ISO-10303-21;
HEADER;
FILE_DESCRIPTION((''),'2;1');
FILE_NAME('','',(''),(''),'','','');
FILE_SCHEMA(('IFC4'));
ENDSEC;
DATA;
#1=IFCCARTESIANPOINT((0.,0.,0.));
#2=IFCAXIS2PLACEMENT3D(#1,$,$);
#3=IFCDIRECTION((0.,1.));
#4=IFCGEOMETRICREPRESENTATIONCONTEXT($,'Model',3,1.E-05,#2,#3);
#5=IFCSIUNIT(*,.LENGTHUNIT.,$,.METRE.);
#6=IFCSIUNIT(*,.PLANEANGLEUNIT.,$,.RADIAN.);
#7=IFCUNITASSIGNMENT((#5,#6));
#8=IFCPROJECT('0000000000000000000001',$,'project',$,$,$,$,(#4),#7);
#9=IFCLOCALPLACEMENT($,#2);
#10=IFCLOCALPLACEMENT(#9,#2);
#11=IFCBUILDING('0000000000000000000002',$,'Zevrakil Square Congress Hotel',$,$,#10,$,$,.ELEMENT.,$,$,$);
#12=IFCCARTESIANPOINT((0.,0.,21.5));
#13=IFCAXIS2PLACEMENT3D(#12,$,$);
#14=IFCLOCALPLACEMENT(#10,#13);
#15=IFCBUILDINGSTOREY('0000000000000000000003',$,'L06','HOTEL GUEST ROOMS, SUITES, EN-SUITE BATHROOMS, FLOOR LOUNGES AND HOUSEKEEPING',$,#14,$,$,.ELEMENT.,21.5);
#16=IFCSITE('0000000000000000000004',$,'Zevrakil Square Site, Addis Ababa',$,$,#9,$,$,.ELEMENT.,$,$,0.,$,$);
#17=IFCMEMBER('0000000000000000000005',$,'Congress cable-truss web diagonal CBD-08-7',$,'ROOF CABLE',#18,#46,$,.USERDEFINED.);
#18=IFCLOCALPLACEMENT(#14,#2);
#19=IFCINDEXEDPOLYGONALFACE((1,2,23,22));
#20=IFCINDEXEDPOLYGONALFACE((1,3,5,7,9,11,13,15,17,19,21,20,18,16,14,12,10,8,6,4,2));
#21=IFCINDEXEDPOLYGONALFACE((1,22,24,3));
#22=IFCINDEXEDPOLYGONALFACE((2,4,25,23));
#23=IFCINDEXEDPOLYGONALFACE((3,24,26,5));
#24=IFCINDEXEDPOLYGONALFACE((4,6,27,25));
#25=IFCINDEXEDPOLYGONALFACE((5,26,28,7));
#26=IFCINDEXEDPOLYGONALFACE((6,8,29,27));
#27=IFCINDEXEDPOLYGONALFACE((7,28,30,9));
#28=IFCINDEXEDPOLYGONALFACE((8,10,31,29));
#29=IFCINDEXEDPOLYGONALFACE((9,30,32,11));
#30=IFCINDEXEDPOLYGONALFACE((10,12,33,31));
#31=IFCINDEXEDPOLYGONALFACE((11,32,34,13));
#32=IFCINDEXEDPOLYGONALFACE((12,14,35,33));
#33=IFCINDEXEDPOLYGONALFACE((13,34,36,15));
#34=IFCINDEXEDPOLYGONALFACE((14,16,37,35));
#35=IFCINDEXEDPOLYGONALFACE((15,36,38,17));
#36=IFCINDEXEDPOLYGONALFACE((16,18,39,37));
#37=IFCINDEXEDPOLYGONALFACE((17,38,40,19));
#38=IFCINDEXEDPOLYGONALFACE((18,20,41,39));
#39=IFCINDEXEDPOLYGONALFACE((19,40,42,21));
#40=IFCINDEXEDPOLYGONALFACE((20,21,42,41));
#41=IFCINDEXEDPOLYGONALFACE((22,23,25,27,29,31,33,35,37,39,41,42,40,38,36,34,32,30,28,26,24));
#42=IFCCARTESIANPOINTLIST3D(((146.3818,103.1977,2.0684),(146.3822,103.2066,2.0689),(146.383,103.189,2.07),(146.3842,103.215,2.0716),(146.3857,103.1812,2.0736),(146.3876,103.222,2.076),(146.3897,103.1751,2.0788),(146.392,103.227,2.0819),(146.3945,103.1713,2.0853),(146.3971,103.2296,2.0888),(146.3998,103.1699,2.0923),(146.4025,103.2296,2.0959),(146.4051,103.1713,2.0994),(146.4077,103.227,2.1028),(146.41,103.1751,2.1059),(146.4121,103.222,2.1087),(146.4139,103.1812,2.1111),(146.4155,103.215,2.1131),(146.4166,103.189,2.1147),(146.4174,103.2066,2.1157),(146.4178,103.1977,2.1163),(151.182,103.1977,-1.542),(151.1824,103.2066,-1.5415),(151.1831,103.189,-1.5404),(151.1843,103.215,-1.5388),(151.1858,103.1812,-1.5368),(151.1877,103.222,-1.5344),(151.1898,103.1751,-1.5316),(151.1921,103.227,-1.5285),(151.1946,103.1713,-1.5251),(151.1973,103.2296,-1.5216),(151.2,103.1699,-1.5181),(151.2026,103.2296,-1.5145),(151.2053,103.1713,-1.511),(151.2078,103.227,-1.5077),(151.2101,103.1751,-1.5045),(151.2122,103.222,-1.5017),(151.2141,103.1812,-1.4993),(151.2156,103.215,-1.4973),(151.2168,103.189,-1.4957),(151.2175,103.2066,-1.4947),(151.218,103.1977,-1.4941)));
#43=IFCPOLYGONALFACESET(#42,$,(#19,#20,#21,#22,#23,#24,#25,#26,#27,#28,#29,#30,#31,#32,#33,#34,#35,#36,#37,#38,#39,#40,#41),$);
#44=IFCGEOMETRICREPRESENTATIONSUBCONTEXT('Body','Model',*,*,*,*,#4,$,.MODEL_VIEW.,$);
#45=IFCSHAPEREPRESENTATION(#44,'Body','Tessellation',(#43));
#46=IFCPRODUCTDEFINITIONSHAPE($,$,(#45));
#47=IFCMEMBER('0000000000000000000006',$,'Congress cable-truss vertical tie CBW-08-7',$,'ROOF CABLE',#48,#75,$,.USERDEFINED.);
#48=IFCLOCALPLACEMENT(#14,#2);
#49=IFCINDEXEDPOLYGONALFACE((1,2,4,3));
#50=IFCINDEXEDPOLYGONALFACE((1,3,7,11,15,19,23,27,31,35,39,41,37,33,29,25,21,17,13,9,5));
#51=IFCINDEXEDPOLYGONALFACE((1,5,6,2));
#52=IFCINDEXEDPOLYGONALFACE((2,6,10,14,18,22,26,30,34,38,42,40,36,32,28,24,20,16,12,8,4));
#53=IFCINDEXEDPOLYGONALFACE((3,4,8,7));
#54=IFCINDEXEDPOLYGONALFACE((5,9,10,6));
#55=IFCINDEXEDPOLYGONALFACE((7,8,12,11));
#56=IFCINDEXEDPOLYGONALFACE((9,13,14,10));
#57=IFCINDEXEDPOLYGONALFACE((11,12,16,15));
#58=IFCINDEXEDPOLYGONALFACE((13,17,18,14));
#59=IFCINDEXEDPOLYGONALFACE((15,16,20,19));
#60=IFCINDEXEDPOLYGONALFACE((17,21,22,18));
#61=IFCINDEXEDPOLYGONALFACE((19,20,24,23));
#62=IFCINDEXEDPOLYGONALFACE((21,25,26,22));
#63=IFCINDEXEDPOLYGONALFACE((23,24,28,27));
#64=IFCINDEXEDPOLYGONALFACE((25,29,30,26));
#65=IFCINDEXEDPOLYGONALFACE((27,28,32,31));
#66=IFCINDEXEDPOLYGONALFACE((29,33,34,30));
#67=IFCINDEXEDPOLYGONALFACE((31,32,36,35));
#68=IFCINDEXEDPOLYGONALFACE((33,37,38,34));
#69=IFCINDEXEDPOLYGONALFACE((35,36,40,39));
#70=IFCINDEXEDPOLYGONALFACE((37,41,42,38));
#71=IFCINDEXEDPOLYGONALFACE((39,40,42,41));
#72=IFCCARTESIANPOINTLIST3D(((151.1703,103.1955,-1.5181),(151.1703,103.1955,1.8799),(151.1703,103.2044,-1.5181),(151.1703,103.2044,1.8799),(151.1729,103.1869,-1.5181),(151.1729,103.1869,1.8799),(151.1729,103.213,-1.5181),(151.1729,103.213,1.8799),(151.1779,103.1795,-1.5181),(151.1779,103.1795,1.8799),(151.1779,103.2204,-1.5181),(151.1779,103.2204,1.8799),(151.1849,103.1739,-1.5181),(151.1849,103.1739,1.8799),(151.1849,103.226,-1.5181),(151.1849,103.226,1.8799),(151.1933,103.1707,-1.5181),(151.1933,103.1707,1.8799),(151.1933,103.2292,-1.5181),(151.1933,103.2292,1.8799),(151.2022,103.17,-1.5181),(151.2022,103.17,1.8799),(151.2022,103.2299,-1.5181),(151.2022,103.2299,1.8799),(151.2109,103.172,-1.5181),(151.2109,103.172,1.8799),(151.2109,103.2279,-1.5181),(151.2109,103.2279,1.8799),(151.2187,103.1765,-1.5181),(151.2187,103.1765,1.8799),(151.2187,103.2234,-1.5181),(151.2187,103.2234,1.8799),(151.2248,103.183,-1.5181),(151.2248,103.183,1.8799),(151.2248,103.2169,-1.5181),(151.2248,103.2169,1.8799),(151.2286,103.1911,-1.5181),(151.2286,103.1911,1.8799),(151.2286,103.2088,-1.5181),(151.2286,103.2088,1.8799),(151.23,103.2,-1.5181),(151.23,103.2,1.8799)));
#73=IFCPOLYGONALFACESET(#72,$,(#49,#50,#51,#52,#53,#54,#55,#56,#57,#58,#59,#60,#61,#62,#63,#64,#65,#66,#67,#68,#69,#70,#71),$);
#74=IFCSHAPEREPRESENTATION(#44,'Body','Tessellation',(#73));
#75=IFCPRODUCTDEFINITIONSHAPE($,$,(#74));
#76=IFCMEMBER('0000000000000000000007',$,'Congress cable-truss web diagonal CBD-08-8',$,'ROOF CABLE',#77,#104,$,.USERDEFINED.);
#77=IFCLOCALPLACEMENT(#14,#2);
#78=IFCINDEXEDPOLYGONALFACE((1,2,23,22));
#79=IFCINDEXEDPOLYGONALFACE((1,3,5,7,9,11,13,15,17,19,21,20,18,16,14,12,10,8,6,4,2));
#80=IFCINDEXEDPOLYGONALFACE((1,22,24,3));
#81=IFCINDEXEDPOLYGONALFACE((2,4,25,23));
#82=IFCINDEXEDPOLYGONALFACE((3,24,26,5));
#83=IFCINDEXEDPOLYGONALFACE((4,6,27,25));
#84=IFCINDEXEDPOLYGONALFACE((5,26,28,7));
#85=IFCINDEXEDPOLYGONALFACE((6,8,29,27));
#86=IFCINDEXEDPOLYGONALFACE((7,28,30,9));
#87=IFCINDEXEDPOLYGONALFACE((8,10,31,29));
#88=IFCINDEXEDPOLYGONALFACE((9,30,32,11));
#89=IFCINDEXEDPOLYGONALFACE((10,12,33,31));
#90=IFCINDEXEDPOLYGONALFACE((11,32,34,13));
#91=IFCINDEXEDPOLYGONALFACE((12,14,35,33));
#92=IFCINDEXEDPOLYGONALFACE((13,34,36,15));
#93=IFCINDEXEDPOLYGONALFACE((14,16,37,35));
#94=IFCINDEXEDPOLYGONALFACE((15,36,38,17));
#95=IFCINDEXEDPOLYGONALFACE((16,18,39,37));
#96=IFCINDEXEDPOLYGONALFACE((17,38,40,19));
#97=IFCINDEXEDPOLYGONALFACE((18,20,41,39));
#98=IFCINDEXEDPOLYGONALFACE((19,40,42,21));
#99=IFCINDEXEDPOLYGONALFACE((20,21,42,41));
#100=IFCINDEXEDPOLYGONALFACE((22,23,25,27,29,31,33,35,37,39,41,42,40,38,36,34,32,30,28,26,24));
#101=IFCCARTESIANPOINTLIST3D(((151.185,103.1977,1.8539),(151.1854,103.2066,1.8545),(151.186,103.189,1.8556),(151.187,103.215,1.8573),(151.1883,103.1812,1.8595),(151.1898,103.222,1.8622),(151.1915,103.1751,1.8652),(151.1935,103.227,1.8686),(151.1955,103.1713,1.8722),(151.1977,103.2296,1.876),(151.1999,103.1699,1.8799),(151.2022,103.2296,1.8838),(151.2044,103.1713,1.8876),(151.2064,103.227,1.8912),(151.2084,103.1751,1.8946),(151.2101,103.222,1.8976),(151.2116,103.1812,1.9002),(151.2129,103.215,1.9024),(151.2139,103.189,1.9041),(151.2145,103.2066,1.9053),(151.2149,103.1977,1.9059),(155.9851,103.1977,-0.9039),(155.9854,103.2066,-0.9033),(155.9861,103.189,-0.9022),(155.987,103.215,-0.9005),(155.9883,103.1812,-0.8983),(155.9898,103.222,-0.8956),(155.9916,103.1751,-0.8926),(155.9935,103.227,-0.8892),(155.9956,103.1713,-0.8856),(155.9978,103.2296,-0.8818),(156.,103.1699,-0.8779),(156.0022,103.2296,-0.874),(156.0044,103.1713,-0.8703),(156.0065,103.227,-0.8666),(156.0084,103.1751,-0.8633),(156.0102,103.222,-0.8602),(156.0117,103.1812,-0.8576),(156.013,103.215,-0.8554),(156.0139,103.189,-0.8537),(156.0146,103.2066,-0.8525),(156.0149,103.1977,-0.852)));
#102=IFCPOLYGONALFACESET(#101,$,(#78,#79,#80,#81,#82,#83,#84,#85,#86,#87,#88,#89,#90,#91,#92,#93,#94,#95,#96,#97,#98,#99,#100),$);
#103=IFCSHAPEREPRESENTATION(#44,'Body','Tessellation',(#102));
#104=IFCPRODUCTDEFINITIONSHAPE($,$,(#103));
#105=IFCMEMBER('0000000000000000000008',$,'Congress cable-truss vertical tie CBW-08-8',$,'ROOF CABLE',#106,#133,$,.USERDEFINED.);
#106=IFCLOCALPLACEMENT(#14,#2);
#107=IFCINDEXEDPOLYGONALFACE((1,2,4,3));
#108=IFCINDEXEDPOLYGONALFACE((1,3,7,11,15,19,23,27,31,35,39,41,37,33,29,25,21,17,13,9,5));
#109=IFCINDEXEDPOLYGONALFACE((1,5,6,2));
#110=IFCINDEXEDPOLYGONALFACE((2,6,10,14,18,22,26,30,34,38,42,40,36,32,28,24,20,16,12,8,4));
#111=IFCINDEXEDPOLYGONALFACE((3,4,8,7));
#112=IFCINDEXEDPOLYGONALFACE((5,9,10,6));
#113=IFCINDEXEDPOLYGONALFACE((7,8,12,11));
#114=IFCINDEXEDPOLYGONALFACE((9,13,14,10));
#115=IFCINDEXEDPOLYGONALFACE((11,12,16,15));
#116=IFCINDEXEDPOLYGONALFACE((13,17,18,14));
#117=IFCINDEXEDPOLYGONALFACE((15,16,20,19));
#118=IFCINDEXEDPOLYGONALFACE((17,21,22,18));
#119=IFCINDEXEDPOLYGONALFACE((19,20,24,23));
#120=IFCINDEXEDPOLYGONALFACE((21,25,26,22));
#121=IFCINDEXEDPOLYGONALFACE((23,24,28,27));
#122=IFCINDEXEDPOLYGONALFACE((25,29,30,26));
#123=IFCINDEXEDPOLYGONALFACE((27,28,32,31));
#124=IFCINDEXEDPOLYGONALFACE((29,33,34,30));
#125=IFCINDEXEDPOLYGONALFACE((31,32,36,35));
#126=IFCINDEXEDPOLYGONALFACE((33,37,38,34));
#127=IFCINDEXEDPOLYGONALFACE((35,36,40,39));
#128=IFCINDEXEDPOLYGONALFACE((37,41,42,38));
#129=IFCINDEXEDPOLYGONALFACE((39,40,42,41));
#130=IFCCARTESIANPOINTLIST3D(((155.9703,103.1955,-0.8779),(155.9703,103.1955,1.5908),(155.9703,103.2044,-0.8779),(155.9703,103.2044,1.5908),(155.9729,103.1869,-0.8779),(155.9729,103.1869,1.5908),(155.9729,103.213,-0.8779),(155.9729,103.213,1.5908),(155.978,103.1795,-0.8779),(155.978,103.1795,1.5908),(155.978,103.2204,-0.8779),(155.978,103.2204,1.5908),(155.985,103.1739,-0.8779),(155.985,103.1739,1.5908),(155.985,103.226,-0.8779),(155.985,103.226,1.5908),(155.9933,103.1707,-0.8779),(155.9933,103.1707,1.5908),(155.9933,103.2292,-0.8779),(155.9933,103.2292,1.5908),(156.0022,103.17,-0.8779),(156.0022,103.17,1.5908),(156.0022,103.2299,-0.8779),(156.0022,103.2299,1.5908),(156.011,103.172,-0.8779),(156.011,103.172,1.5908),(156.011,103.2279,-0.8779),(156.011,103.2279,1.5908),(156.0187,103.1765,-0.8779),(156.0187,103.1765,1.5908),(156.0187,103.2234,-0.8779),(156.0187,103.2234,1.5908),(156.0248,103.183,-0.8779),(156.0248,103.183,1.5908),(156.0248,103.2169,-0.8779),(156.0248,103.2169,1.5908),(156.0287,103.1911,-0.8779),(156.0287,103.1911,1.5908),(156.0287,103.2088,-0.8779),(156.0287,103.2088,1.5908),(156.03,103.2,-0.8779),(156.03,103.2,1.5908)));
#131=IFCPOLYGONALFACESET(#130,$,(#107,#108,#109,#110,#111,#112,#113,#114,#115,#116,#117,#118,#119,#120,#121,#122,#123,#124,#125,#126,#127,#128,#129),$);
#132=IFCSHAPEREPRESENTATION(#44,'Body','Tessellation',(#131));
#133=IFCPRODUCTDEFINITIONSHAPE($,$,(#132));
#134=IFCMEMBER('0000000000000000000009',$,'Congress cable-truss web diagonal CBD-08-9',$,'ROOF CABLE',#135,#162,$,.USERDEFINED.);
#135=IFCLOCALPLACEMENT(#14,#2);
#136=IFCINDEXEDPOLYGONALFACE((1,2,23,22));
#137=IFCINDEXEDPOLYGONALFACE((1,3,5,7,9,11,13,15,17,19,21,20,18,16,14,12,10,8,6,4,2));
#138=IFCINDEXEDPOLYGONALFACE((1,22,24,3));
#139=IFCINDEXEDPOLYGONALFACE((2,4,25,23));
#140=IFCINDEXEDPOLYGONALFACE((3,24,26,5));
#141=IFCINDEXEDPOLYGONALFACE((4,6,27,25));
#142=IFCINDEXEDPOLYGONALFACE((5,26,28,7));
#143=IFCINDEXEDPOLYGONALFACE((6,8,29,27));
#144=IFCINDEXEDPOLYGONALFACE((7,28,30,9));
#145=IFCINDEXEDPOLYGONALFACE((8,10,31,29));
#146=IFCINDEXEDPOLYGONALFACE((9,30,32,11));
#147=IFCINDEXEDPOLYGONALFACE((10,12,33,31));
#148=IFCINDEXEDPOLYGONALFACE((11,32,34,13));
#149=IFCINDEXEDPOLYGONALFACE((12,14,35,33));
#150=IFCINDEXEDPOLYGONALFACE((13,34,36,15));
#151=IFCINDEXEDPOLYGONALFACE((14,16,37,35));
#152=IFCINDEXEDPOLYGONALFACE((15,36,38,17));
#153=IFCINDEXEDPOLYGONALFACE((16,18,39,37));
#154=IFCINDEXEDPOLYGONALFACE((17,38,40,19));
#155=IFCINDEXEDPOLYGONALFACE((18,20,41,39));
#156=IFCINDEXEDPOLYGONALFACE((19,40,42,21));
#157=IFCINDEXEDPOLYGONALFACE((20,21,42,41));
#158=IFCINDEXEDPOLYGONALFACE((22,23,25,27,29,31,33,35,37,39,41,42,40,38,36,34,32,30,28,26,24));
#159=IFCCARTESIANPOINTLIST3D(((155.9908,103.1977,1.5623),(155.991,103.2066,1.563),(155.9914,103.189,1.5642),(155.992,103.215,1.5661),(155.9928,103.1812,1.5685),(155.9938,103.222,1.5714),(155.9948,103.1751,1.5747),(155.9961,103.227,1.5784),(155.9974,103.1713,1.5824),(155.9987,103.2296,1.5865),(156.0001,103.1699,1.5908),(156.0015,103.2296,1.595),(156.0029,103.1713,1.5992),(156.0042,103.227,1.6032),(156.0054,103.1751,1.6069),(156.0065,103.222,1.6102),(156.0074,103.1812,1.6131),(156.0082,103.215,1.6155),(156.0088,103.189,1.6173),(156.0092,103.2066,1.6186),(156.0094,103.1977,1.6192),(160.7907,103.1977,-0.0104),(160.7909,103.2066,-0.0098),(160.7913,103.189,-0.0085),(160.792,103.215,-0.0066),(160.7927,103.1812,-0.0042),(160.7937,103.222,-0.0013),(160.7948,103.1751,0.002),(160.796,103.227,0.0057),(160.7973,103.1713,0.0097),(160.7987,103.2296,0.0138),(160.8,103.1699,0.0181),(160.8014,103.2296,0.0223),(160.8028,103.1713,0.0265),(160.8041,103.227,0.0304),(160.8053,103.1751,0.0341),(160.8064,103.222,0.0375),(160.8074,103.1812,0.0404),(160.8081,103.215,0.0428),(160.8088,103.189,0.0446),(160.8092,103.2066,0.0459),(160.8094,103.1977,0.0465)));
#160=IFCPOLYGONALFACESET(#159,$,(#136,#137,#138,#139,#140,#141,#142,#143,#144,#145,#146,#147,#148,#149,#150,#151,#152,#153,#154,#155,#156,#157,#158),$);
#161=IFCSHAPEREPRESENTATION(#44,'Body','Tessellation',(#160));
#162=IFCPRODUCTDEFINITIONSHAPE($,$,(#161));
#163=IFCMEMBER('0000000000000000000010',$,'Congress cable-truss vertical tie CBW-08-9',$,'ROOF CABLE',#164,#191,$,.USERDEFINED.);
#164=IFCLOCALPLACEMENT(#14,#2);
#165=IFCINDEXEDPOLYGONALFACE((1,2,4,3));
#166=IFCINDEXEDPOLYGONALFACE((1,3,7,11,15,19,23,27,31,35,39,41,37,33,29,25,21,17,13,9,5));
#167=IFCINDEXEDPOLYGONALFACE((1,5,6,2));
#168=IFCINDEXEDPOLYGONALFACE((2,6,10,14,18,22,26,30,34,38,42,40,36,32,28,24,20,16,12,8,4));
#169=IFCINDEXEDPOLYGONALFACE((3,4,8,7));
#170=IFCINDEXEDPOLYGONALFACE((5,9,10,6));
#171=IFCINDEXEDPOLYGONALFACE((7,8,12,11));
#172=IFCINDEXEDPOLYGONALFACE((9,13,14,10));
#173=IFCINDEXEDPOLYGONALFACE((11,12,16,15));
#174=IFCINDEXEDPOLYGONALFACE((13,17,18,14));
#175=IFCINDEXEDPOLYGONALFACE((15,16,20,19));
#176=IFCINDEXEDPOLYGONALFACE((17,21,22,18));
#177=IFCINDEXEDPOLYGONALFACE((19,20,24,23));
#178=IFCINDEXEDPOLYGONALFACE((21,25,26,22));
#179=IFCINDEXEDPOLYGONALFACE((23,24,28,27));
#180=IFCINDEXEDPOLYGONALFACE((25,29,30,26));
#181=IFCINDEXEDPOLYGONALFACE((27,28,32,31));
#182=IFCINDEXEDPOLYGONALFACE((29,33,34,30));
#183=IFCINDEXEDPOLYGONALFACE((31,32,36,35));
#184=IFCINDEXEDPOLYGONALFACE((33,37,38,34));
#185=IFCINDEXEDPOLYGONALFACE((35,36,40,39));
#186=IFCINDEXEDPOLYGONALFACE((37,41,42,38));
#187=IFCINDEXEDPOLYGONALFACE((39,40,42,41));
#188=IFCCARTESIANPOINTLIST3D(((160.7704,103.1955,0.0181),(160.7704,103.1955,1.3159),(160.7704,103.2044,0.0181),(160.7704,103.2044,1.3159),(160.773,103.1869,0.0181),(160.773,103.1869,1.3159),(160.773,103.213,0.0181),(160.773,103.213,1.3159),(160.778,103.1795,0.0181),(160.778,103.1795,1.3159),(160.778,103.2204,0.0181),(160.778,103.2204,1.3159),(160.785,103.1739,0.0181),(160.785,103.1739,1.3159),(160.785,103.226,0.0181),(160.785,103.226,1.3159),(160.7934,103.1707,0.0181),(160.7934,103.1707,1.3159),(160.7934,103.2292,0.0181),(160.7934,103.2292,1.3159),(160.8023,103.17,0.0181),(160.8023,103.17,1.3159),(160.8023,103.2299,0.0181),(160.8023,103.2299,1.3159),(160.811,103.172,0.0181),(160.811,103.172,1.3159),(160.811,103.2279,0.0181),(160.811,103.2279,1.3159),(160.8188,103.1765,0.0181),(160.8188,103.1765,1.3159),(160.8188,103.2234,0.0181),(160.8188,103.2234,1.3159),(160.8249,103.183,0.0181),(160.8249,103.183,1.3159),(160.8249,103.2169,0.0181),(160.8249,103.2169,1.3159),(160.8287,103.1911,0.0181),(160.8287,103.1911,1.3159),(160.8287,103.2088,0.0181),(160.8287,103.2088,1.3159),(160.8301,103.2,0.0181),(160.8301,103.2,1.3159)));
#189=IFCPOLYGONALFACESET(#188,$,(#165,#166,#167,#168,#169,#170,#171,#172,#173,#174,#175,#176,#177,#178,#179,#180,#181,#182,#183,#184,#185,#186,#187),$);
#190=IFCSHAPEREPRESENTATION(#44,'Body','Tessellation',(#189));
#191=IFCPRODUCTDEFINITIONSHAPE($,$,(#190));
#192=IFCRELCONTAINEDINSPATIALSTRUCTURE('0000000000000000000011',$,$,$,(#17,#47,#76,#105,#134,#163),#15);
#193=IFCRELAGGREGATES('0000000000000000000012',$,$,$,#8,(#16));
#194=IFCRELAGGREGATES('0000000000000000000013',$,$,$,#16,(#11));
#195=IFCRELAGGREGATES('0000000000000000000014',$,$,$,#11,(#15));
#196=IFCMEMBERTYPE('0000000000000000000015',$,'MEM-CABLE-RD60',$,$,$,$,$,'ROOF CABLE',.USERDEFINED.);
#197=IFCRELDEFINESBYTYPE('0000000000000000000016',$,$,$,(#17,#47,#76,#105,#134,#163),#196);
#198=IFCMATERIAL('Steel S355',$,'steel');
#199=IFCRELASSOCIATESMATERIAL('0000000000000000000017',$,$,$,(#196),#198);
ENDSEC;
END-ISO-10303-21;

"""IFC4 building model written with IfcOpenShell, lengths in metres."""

from ifc_helpers import new_model, si_unit, direction, frame, origin, origin_2d, place, context, subcontext, project, spatial, circle, extrude, material, material_profile, profile_set, type_object, element, save


model = new_model("IFC4")

# Units and contexts
model_context = context("Model", 3, precision=1e-05, world=origin(), true_north=direction((0.0, 1.0)))
body_context = subcontext(model_context, "Body", "Model", "MODEL_VIEW")
ifc_project = project(units=[si_unit("LENGTHUNIT", "METRE"), si_unit("PLANEANGLEUNIT", "RADIAN")], contexts=[model_context])

# Site, building, storey
site_placement = place(None, origin())
site = spatial("IfcSite", under=ifc_project, at=site_placement, Name="Zevrakil Square Site, Addis Ababa", CompositionType="ELEMENT", RefElevation=0.0)
building_placement = place(site_placement, origin())
building = spatial("IfcBuilding", under=site, at=building_placement, Name="Zevrakil Square Congress Hotel", CompositionType="ELEMENT")
storey_placement = place(building_placement, frame((0.0, 0.0, 21.5)))
storey = spatial("IfcBuildingStorey", under=building, at=storey_placement, Name="L06", Description="HOTEL GUEST ROOMS, SUITES, EN-SUITE BATHROOMS, FLOOR LOUNGES AND HOUSEKEEPING", CompositionType="ELEMENT", Elevation=21.5)

# Members
ifc_material_1 = material(Name="Steel S355", Category="steel")
ifc_material_profile_1 = material_profile(ifc_material_1, circle(Radius=0.03, at=origin_2d()), Name="CABLE RD60")
ifc_profile_set_1 = profile_set([ifc_material_profile_1], Name="Steel S355")
member_type_1 = type_object("IfcMemberType", Name="MEM-CABLE-RD60", ElementType="ROOF CABLE", PredefinedType="USERDEFINED", material=ifc_profile_set_1)
member_1_placement = place(storey_placement, frame((151.2, 103.2, -1.5181), z_axis=(-0.799175, 0.0, 0.601099), x_axis=(0.0, -1.0, 0.0)))
element("IfcMember", 1, at=member_1_placement, inside=storey, type_object=member_type_1, Name="Congress cable-truss web diagonal CBD-08-7", ObjectType="ROOF CABLE", PredefinedType="USERDEFINED", context=body_context, shape_type="SweptSolid", body=[
    extrude(circle(Radius=0.03, at=origin_2d()), origin(), (0.0, 0.0, 1.0), 6.0063),
])
member_2_placement = place(storey_placement, frame((151.2, 103.2, -1.5181), z_axis=(0.0, 0.0, 1.0), x_axis=(1.0, 0.0, 0.0)))
element("IfcMember", 2, at=member_2_placement, inside=storey, type_object=member_type_1, Name="Congress cable-truss vertical tie CBW-08-7", ObjectType="ROOF CABLE", PredefinedType="USERDEFINED", context=body_context, shape_type="SweptSolid", body=[
    extrude(circle(Radius=0.03, at=origin_2d()), origin(), (0.0, 0.0, 1.0), 3.3979),
])
member_3_placement = place(storey_placement, frame((156.0, 103.2, -0.8779), z_axis=(-0.867079, 0.0, 0.49817), x_axis=(0.0, -1.0, 0.0)))
element("IfcMember", 3, at=member_3_placement, inside=storey, type_object=member_type_1, Name="Congress cable-truss web diagonal CBD-08-8", ObjectType="ROOF CABLE", PredefinedType="USERDEFINED", context=body_context, shape_type="SweptSolid", body=[
    extrude(circle(Radius=0.03, at=origin_2d()), origin(), (0.0, 0.0, 1.0), 5.5359),
])
member_4_placement = place(storey_placement, frame((156.0, 103.2, -0.8779), z_axis=(0.0, 0.0, 1.0), x_axis=(1.0, 0.0, 0.0)))
element("IfcMember", 4, at=member_4_placement, inside=storey, type_object=member_type_1, Name="Congress cable-truss vertical tie CBW-08-8", ObjectType="ROOF CABLE", PredefinedType="USERDEFINED", context=body_context, shape_type="SweptSolid", body=[
    extrude(circle(Radius=0.03, at=origin_2d()), origin(), (0.0, 0.0, 1.0), 2.4688),
])
member_5_placement = place(storey_placement, frame((160.8, 103.2, 0.0181), z_axis=(-0.95029, 0.0, 0.311366), x_axis=(0.0, -1.0, 0.0)))
element("IfcMember", 5, at=member_5_placement, inside=storey, type_object=member_type_1, Name="Congress cable-truss web diagonal CBD-08-9", ObjectType="ROOF CABLE", PredefinedType="USERDEFINED", context=body_context, shape_type="SweptSolid", body=[
    extrude(circle(Radius=0.03, at=origin_2d()), origin(), (0.0, 0.0, 1.0), 5.051),
])
member_6_placement = place(storey_placement, frame((160.8, 103.2, 0.0181), z_axis=(0.0, 0.0, 1.0), x_axis=(1.0, 0.0, 0.0)))
element("IfcMember", 6, at=member_6_placement, inside=storey, type_object=member_type_1, Name="Congress cable-truss vertical tie CBW-08-9", ObjectType="ROOF CABLE", PredefinedType="USERDEFINED", context=body_context, shape_type="SweptSolid", body=[
    extrude(circle(Radius=0.03, at=origin_2d()), origin(), (0.0, 0.0, 1.0), 1.2979),
])

save(model, "model.ifc")
